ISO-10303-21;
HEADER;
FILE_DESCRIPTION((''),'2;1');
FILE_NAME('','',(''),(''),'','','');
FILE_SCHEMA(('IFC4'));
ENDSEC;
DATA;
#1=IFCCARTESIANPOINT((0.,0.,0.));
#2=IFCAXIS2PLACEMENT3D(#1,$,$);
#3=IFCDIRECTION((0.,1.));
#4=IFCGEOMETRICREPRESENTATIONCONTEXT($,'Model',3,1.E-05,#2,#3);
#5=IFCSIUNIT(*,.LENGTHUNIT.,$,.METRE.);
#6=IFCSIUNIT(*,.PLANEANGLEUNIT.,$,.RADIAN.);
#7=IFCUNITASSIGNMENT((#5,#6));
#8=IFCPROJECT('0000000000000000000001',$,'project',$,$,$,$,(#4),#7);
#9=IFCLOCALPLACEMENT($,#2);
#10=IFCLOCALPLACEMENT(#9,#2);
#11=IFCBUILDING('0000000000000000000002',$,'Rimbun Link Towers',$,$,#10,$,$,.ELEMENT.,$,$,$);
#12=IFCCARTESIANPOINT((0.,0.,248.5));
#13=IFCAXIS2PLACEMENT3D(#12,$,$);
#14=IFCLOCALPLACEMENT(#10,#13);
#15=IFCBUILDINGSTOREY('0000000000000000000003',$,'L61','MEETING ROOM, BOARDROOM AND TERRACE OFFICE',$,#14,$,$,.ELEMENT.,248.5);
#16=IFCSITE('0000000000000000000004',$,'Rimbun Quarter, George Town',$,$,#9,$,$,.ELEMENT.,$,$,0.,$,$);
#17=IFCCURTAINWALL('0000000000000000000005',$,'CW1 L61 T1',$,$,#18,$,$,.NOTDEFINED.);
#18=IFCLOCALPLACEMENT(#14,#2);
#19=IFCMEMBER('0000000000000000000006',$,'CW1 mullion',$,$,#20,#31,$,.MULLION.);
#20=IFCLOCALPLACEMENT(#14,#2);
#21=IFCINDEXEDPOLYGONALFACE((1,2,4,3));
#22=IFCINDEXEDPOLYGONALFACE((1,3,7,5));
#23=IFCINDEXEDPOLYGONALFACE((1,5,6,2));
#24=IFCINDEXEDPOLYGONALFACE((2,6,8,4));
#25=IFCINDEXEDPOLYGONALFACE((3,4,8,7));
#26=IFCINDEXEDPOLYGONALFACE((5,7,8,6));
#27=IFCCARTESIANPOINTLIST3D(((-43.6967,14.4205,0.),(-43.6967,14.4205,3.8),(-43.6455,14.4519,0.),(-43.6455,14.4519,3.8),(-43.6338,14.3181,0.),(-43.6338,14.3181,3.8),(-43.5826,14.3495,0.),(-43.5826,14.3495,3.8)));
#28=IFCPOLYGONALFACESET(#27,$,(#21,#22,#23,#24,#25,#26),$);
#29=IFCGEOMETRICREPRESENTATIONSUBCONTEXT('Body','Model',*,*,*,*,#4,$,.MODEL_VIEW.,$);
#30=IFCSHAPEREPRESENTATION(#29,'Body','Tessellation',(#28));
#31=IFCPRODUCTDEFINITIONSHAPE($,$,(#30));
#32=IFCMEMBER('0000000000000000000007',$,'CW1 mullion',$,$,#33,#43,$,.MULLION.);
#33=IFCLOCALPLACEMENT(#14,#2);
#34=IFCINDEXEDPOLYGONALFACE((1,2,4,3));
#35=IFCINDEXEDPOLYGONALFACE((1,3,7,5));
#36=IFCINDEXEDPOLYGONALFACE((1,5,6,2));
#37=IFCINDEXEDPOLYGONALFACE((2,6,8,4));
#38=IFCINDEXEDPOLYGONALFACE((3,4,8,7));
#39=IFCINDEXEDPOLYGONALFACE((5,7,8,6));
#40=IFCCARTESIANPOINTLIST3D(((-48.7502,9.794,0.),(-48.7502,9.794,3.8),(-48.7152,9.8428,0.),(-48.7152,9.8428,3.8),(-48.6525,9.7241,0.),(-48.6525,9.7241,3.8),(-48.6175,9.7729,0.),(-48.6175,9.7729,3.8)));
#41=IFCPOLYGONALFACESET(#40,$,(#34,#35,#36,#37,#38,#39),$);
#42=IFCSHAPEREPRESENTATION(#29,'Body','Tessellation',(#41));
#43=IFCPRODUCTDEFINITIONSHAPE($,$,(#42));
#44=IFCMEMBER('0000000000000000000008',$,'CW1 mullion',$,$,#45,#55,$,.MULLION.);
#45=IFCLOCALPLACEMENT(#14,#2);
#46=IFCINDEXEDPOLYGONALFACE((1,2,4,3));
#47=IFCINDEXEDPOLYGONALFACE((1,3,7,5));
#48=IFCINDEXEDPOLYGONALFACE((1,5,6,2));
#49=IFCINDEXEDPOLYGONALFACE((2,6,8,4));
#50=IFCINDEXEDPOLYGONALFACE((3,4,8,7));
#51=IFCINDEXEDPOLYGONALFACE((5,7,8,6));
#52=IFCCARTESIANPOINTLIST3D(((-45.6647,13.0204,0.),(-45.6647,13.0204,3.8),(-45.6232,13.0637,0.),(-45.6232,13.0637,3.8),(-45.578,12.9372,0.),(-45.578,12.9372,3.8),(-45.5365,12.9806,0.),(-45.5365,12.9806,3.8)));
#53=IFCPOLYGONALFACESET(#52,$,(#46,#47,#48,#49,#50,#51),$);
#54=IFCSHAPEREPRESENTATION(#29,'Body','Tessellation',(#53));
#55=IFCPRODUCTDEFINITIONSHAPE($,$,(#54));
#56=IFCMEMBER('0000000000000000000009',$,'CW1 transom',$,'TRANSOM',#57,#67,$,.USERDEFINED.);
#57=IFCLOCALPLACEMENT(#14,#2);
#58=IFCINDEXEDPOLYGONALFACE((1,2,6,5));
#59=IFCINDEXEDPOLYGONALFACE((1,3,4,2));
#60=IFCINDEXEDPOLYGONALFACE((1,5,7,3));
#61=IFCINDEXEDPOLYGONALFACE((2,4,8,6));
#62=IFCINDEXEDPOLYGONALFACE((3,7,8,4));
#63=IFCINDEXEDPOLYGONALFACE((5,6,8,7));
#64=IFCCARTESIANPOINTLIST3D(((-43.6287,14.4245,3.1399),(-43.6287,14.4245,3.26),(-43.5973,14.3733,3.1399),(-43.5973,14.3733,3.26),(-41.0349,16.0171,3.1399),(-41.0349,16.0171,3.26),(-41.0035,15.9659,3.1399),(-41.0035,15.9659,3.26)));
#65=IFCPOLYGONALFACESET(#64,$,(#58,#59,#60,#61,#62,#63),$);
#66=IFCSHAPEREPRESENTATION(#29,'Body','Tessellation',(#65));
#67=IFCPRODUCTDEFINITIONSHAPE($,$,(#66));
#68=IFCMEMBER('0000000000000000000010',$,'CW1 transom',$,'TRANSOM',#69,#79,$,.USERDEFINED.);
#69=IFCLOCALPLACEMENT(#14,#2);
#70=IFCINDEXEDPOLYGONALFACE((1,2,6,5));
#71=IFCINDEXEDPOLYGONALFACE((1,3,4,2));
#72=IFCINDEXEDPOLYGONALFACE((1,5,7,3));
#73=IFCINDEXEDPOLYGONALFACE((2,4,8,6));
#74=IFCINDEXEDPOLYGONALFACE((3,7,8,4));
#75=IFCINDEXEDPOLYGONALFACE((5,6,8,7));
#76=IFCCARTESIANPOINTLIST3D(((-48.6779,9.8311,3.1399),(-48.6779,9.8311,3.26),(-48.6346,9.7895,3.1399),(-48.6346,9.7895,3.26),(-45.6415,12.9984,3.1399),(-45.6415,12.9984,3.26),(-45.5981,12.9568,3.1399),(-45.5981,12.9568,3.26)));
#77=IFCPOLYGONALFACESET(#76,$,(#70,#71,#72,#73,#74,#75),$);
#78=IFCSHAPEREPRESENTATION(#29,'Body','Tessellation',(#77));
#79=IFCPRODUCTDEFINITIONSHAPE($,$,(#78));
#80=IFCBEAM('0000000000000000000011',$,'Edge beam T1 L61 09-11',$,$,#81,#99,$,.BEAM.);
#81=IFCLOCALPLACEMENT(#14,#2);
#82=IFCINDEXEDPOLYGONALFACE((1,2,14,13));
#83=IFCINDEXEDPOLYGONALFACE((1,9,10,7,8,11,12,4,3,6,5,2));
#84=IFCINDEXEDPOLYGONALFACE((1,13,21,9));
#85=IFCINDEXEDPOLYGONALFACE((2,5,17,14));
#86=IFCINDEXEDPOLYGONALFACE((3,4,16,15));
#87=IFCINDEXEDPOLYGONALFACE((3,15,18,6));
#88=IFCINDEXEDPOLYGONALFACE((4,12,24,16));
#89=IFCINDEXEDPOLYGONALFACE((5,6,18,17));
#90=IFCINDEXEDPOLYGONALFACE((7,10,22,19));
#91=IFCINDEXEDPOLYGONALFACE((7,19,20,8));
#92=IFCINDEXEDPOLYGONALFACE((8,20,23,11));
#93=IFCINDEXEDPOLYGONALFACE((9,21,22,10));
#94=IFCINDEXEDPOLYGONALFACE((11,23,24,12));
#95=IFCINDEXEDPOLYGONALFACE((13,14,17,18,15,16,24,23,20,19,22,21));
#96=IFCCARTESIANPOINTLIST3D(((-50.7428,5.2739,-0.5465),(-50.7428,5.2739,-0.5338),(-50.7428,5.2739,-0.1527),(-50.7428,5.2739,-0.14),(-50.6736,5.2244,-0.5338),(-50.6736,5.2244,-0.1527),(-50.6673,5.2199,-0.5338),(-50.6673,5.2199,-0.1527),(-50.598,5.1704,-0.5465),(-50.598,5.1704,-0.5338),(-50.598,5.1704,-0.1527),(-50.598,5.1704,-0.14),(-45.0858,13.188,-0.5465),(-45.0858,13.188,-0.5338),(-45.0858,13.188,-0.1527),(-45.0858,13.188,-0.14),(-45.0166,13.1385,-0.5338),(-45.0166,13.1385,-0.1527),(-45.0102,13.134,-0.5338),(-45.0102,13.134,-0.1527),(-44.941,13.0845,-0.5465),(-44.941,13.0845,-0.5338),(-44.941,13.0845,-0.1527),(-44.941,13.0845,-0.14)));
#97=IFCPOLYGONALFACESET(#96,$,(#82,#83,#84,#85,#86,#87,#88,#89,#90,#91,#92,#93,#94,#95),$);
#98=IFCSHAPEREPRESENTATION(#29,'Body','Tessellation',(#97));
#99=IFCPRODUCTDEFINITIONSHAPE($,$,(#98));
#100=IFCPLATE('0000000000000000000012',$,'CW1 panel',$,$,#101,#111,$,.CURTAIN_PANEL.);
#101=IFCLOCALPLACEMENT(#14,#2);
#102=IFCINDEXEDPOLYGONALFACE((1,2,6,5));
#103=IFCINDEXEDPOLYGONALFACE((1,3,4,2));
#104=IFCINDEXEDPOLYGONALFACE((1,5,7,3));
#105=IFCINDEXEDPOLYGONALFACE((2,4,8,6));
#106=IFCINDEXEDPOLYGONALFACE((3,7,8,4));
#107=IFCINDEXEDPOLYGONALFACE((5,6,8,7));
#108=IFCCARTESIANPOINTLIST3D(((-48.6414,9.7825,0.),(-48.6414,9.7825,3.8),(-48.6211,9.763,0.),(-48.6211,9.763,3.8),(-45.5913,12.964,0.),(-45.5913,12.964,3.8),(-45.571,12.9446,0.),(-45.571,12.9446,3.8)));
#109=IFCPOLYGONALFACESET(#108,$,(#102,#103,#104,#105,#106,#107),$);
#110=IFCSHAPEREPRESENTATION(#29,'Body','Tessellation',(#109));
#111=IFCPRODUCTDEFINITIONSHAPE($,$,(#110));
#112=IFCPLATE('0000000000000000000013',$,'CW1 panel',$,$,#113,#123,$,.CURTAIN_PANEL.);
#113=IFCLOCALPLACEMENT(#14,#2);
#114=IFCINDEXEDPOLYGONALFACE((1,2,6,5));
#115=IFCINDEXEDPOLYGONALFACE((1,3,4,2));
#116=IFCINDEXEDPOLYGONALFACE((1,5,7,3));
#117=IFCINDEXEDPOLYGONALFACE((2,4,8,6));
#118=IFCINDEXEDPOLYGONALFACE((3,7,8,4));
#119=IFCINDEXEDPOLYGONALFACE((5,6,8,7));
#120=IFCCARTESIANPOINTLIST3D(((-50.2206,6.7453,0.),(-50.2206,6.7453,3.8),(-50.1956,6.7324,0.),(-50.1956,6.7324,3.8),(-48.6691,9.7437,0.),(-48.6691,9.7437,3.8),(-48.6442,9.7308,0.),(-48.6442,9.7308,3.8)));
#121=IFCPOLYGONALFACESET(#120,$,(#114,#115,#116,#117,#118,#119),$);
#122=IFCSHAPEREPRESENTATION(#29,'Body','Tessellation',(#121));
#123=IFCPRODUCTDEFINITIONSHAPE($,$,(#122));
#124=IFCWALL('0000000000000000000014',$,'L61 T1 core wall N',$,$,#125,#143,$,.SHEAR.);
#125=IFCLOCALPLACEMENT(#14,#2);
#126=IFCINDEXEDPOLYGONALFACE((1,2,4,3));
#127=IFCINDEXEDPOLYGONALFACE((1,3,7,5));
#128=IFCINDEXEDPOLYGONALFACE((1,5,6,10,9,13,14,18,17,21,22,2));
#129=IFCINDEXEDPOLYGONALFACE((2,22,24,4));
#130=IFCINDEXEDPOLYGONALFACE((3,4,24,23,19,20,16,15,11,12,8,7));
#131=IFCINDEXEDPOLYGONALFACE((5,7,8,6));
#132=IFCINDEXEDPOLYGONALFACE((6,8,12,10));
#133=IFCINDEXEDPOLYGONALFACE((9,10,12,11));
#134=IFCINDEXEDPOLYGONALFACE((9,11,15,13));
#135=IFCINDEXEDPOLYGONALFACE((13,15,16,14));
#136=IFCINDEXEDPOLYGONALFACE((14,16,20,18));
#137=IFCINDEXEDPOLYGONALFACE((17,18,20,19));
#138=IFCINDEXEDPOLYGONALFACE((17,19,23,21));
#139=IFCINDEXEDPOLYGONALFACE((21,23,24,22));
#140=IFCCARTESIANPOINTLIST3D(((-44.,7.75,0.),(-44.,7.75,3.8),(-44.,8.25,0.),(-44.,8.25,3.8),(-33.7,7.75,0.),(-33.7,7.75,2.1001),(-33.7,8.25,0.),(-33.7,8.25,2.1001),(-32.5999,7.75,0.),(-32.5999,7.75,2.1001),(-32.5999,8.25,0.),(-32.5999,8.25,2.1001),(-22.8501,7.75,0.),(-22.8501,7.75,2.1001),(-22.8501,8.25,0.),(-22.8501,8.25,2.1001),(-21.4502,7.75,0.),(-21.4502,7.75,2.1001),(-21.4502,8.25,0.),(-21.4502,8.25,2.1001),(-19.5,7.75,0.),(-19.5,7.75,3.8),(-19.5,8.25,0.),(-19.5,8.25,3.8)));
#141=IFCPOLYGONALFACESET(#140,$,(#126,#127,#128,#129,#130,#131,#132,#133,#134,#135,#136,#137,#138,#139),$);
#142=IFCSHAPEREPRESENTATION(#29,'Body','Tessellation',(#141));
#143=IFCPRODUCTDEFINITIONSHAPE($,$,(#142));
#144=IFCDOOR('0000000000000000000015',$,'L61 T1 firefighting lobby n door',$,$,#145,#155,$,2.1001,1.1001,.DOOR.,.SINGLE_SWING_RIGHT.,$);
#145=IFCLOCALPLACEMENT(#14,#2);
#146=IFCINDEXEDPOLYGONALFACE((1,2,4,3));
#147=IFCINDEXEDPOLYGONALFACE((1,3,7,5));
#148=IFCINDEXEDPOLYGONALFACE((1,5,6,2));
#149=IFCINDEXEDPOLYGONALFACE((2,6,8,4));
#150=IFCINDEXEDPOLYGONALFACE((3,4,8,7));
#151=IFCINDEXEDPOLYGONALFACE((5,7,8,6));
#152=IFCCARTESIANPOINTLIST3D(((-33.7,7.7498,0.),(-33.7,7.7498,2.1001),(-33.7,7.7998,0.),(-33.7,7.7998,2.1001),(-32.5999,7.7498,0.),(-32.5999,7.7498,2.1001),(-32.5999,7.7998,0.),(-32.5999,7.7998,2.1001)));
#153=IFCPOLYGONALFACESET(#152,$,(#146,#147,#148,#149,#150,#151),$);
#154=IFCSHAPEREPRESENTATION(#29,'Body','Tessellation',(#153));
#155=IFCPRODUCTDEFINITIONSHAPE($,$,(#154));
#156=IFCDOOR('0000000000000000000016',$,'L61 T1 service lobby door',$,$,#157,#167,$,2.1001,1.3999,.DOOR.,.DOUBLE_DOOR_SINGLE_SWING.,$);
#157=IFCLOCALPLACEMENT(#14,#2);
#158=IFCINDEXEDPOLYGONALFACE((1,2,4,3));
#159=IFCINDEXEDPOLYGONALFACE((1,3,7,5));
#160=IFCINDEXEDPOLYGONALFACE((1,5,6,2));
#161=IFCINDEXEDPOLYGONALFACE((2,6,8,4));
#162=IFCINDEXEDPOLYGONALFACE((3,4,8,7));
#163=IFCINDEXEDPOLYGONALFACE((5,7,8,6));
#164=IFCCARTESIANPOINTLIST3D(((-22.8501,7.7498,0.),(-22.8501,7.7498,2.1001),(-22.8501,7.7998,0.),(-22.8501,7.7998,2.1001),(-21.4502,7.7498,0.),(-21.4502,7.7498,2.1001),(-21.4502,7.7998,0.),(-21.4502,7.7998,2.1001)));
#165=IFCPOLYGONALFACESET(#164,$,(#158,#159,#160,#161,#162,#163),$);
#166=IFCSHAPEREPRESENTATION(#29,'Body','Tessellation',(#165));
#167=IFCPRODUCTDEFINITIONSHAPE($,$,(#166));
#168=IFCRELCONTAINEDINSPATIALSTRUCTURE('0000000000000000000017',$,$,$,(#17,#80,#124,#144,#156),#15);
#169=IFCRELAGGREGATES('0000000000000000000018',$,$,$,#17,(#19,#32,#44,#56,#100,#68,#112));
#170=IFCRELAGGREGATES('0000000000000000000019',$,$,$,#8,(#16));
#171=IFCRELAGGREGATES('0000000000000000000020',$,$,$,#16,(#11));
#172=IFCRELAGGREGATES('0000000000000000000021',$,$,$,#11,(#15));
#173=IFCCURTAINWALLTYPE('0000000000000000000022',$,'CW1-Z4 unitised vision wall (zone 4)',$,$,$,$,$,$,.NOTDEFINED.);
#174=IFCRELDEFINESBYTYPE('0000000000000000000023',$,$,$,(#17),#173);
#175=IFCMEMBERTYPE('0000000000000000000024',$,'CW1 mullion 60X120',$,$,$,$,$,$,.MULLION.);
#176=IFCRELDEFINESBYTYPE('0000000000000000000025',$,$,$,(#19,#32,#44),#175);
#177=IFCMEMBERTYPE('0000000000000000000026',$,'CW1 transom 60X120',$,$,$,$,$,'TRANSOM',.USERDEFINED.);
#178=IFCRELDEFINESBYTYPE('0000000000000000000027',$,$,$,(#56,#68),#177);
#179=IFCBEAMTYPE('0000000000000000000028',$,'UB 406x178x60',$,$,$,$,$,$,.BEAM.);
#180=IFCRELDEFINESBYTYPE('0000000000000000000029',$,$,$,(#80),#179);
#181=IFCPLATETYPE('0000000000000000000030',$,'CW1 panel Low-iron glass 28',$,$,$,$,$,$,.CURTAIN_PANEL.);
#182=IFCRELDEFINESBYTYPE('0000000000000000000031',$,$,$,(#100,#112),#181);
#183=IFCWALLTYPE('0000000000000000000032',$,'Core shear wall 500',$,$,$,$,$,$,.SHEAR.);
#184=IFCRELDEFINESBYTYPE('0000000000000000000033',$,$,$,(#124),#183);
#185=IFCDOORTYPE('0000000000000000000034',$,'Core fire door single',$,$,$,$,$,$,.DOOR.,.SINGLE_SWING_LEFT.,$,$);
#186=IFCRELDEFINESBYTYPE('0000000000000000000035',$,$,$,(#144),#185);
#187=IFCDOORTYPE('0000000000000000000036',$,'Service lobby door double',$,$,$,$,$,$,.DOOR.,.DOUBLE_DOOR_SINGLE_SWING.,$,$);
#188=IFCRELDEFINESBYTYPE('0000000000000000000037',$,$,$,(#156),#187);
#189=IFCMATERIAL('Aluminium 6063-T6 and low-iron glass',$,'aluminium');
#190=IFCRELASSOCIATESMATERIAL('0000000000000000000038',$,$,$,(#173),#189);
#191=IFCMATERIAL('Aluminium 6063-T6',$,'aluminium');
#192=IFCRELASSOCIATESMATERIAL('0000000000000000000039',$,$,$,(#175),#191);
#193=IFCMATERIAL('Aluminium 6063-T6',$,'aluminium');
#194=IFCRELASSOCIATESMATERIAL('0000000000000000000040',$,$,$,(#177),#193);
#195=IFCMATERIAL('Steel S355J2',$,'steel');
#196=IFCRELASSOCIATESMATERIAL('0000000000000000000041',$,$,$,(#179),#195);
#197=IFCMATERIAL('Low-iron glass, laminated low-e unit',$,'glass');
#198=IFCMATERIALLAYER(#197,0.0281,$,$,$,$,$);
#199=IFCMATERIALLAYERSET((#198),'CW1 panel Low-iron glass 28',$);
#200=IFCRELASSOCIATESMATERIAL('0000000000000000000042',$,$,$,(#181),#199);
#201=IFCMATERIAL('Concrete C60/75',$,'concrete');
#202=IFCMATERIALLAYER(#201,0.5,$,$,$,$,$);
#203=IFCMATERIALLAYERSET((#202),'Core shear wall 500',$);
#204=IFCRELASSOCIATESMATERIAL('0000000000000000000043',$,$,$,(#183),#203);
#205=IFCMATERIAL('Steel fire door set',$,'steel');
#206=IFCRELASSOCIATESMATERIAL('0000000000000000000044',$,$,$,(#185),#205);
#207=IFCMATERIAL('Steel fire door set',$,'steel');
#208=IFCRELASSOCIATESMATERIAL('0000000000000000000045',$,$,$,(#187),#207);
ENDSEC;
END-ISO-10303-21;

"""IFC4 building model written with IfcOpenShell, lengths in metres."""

from ifc_helpers import new_model, si_unit, direction, frame, frame_2d, origin, origin_2d, place, context, subcontext, project, spatial, rectangle, i_section, extrude, material, layer, layer_set, material_profile, profile_set, type_object, element, fill, aggregate, save


model = new_model("IFC4")

# Units and contexts
model_context = context("Model", 3, precision=1e-05, world=origin(), true_north=direction((0.0, 1.0)))
body_context = subcontext(model_context, "Body", "Model", "MODEL_VIEW")
ifc_project = project(units=[si_unit("LENGTHUNIT", "METRE"), si_unit("PLANEANGLEUNIT", "RADIAN")], contexts=[model_context])

# Site, building, storey
site_placement = place(None, origin())
site = spatial("IfcSite", under=ifc_project, at=site_placement, Name="Rimbun Quarter, George Town", CompositionType="ELEMENT", RefElevation=0.0)
building_placement = place(site_placement, origin())
building = spatial("IfcBuilding", under=site, at=building_placement, Name="Rimbun Link Towers", CompositionType="ELEMENT")
storey_placement = place(building_placement, frame((0.0, 0.0, 248.5)))
storey = spatial("IfcBuildingStorey", under=building, at=storey_placement, Name="L61", Description="MEETING ROOM, BOARDROOM AND TERRACE OFFICE", CompositionType="ELEMENT", Elevation=248.5)

# Curtain wall, members
ifc_material_1 = material(Name="Aluminium 6063-T6 and low-iron glass", Category="aluminium")
curtain_wall_type = type_object("IfcCurtainWallType", Name="CW1-Z4 unitised vision wall (zone 4)", PredefinedType="NOTDEFINED", material=ifc_material_1)
curtain_wall_placement = place(storey_placement, origin())
curtain_wall = element("IfcCurtainWall", 1, at=curtain_wall_placement, inside=storey, type_object=curtain_wall_type, Name="CW1 L61 T1", PredefinedType="NOTDEFINED")
ifc_material_2 = material(Name="Aluminium 6063-T6", Category="aluminium")
ifc_material_profile_1 = material_profile(ifc_material_2, rectangle(XDim=0.1201, YDim=0.0601, at=origin_2d()), Name="MULLION 60X120")
ifc_profile_set_1 = profile_set([ifc_material_profile_1], Name="Aluminium 6063-T6")
member_type_1 = type_object("IfcMemberType", Name="CW1 mullion 60X120", PredefinedType="MULLION", material=ifc_profile_set_1)
member_1_placement = place(storey_placement, frame((-43.6396, 14.385, 0.0), z_axis=(0.0, 0.0, 1.0), x_axis=(-0.523229, 0.852192, 0.0)))
member_1 = element("IfcMember", 2, at=member_1_placement, type_object=member_type_1, Name="CW1 mullion", PredefinedType="MULLION", context=body_context, shape_type="SweptSolid", body=[
    extrude(rectangle(XDim=0.1201, YDim=0.0601, at=origin_2d()), origin(), (0.0, 0.0, 1.0), 3.8),
])
member_2_placement = place(storey_placement, frame((-48.6838, 9.7834, 0.0), z_axis=(0.0, 0.0, 1.0), x_axis=(-0.813354, 0.581769, 0.0)))
member_2 = element("IfcMember", 3, at=member_2_placement, type_object=member_type_1, Name="CW1 mullion", PredefinedType="MULLION", context=body_context, shape_type="SweptSolid", body=[
    extrude(rectangle(XDim=0.1201, YDim=0.0601, at=origin_2d()), origin(), (0.0, 0.0, 1.0), 3.8),
])
member_3_placement = place(storey_placement, frame((-45.6006, 13.0005, 0.0), z_axis=(0.0, 0.0, 1.0), x_axis=(-0.721858, 0.692041, 0.0)))
member_3 = element("IfcMember", 4, at=member_3_placement, type_object=member_type_1, Name="CW1 mullion", PredefinedType="MULLION", context=body_context, shape_type="SweptSolid", body=[
    extrude(rectangle(XDim=0.1201, YDim=0.0601, at=origin_2d()), origin(), (0.0, 0.0, 1.0), 3.8),
])
ifc_material_3 = material(Name="Aluminium 6063-T6", Category="aluminium")
ifc_material_profile_2 = material_profile(ifc_material_3, rectangle(XDim=0.0601, YDim=0.1201, at=origin_2d()), Name="TRANSOM 60X120")
ifc_profile_set_2 = profile_set([ifc_material_profile_2], Name="Aluminium 6063-T6")
member_type_2 = type_object("IfcMemberType", Name="CW1 transom 60X120", ElementType="TRANSOM", PredefinedType="USERDEFINED", material=ifc_profile_set_2)
member_4_placement = place(storey_placement, frame((-43.613, 14.3989, 3.2), z_axis=(0.852189, 0.523233, 0.0), x_axis=(-0.523233, 0.852189, 0.0)))
member_4 = element("IfcMember", 5, at=member_4_placement, type_object=member_type_2, Name="CW1 transom", ObjectType="TRANSOM", PredefinedType="USERDEFINED", context=body_context, shape_type="SweptSolid", body=[
    extrude(rectangle(XDim=0.0601, YDim=0.1201, at=origin_2d()), origin(), (0.0, 0.0, 1.0), 3.0437),
])
member_5_placement = place(storey_placement, frame((-48.6562, 9.8103, 3.2), z_axis=(0.692037, 0.721862, 0.0), x_axis=(-0.721862, 0.692037, 0.0)))
member_5 = element("IfcMember", 6, at=member_5_placement, type_object=member_type_2, Name="CW1 transom", ObjectType="TRANSOM", PredefinedType="USERDEFINED", context=body_context, shape_type="SweptSolid", body=[
    extrude(rectangle(XDim=0.0601, YDim=0.1201, at=origin_2d()), origin(), (0.0, 0.0, 1.0), 4.3877),
])

# Beam
ifc_material_4 = material(Name="Steel S355J2", Category="steel")
ifc_material_profile_3 = material_profile(ifc_material_4, i_section(OverallWidth=0.178, OverallDepth=0.4065, WebThickness=0.0078, FlangeThickness=0.0127, at=origin_2d()), Name="UB 406x178x60")
ifc_profile_set_3 = profile_set([ifc_material_profile_3], Name="Steel S355J2")
beam_type = type_object("IfcBeamType", Name="UB 406x178x60", PredefinedType="BEAM", material=ifc_profile_set_3)
beam_placement = place(storey_placement, frame((-45.0134, 13.1362, -0.3433), z_axis=(-0.581516, -0.813535, 0.0), x_axis=(0.813535, -0.581516, 0.0)))
element("IfcBeam", 7, at=beam_placement, inside=storey, type_object=beam_type, Name="Edge beam T1 L61 09-11", PredefinedType="BEAM", context=body_context, shape_type="SweptSolid", body=[
    extrude(i_section(OverallWidth=0.178, OverallDepth=0.4065, WebThickness=0.0078, FlangeThickness=0.0127, at=origin_2d()), origin(), (0.0, 0.0, 1.0), 9.728),
])

# Plates
ifc_material_5 = material(Name="Low-iron glass, laminated low-e unit", Category="glass")
ifc_layer_1 = layer(ifc_material_5, 0.0281)
ifc_layer_set_1 = layer_set([ifc_layer_1], Name="CW1 panel Low-iron glass 28")
plate_type = type_object("IfcPlateType", Name="CW1 panel Low-iron glass 28", PredefinedType="CURTAIN_PANEL", material=ifc_layer_set_1)
plate_1_placement = place(storey_placement, frame((-47.1062, 11.3635, 0.0), z_axis=(0.0, 0.0, 1.0), x_axis=(0.692041, 0.721858, 0.0)))
plate_1 = element("IfcPlate", 8, at=plate_1_placement, type_object=plate_type, Name="CW1 panel", PredefinedType="CURTAIN_PANEL", context=body_context, shape_type="SweptSolid", body=[
    extrude(rectangle(XDim=4.4075, YDim=0.0281, at=origin_2d()), origin(), (0.0, 0.0, 1.0), 3.8),
])
plate_2_placement = place(storey_placement, frame((-49.4324, 8.238, 0.0), z_axis=(0.0, 0.0, 1.0), x_axis=(0.459552, 0.888151, 0.0)))
plate_2 = element("IfcPlate", 9, at=plate_2_placement, type_object=plate_type, Name="CW1 panel", PredefinedType="CURTAIN_PANEL", context=body_context, shape_type="SweptSolid", body=[
    extrude(rectangle(XDim=3.376, YDim=0.0281, at=origin_2d()), origin(), (0.0, 0.0, 1.0), 3.8),
])
aggregate(curtain_wall, [member_1, member_2, member_3, member_4, plate_1, member_5, plate_2])

# Wall, openings, doors
ifc_material_6 = material(Name="Concrete C60/75", Category="concrete")
ifc_layer_2 = layer(ifc_material_6, 0.5)
ifc_layer_set_2 = layer_set([ifc_layer_2], Name="Core shear wall 500")
wall_type_1 = type_object("IfcWallType", Name="Core shear wall 500", PredefinedType="SHEAR", material=ifc_layer_set_2)
wall_1_placement = place(storey_placement, frame((-44.0, 8.0, 0.0), z_axis=(0.0, 0.0, 1.0), x_axis=(1.0, 0.0, 0.0)))
wall_1 = element("IfcWall", 10, at=wall_1_placement, inside=storey, type_object=wall_type_1, Name="L61 T1 core wall N", PredefinedType="SHEAR", context=body_context, shape_type="SweptSolid", body=[
    extrude(rectangle(XDim=24.5, YDim=0.5, at=frame_2d((12.25, 0.0))), origin(), (0.0, 0.0, 1.0), 3.8),
])
opening_1_placement = place(wall_1_placement, frame((10.3, 0.0, 0.0)))
opening_1 = element("IfcOpeningElement", 11, at=opening_1_placement, cuts=wall_1, PredefinedType="OPENING", context=body_context, shape_type="SweptSolid", body=[
    extrude(rectangle(XDim=1.1001, YDim=2.1001, at=frame_2d((0.55, 1.05))), frame((0.0, 0.26, 0.0), z_axis=(0.0, -1.0, 0.0), x_axis=(1.0, 0.0, 0.0)), (0.0, 0.0, 1.0), 0.52),
])
opening_2_placement = place(wall_1_placement, frame((21.1499, 0.0, 0.0)))
opening_2 = element("IfcOpeningElement", 12, at=opening_2_placement, cuts=wall_1, PredefinedType="OPENING", context=body_context, shape_type="SweptSolid", body=[
    extrude(rectangle(XDim=1.3999, YDim=2.1001, at=frame_2d((0.7, 1.05))), frame((0.0, 0.26, 0.0), z_axis=(0.0, -1.0, 0.0), x_axis=(1.0, 0.0, 0.0)), (0.0, 0.0, 1.0), 0.52),
])
ifc_material_7 = material(Name="Steel fire door set", Category="steel")
door_type_1 = type_object("IfcDoorType", Name="Core fire door single", OperationType="SINGLE_SWING_LEFT", PredefinedType="DOOR", material=ifc_material_7)
door_1_placement = place(opening_1_placement, origin())
door_1 = element("IfcDoor", 13, at=door_1_placement, inside=storey, type_object=door_type_1, Name="L61 T1 firefighting lobby n door", OperationType="SINGLE_SWING_RIGHT", OverallHeight=2.1001, OverallWidth=1.1001, PredefinedType="DOOR", context=body_context, shape_type="SweptSolid", body=[
    extrude(rectangle(XDim=1.1001, YDim=2.1001, at=frame_2d((0.55, 1.05))), frame((0.0, -0.2002, 0.0), z_axis=(0.0, -1.0, 0.0), x_axis=(1.0, 0.0, 0.0)), (0.0, 0.0, 1.0), 0.05),
])
fill(opening_1, door_1)
ifc_material_8 = material(Name="Steel fire door set", Category="steel")
door_type_2 = type_object("IfcDoorType", Name="Service lobby door double", OperationType="DOUBLE_DOOR_SINGLE_SWING", PredefinedType="DOOR", material=ifc_material_8)
door_2_placement = place(opening_2_placement, origin())
door_2 = element("IfcDoor", 14, at=door_2_placement, inside=storey, type_object=door_type_2, Name="L61 T1 service lobby door", OperationType="DOUBLE_DOOR_SINGLE_SWING", OverallHeight=2.1001, OverallWidth=1.3999, PredefinedType="DOOR", context=body_context, shape_type="SweptSolid", body=[
    extrude(rectangle(XDim=1.3999, YDim=2.1001, at=frame_2d((0.7, 1.05))), frame((0.0, -0.2002, 0.0), z_axis=(0.0, -1.0, 0.0), x_axis=(1.0, 0.0, 0.0)), (0.0, 0.0, 1.0), 0.05),
])
fill(opening_2, door_2)

save(model, "model.ifc")
